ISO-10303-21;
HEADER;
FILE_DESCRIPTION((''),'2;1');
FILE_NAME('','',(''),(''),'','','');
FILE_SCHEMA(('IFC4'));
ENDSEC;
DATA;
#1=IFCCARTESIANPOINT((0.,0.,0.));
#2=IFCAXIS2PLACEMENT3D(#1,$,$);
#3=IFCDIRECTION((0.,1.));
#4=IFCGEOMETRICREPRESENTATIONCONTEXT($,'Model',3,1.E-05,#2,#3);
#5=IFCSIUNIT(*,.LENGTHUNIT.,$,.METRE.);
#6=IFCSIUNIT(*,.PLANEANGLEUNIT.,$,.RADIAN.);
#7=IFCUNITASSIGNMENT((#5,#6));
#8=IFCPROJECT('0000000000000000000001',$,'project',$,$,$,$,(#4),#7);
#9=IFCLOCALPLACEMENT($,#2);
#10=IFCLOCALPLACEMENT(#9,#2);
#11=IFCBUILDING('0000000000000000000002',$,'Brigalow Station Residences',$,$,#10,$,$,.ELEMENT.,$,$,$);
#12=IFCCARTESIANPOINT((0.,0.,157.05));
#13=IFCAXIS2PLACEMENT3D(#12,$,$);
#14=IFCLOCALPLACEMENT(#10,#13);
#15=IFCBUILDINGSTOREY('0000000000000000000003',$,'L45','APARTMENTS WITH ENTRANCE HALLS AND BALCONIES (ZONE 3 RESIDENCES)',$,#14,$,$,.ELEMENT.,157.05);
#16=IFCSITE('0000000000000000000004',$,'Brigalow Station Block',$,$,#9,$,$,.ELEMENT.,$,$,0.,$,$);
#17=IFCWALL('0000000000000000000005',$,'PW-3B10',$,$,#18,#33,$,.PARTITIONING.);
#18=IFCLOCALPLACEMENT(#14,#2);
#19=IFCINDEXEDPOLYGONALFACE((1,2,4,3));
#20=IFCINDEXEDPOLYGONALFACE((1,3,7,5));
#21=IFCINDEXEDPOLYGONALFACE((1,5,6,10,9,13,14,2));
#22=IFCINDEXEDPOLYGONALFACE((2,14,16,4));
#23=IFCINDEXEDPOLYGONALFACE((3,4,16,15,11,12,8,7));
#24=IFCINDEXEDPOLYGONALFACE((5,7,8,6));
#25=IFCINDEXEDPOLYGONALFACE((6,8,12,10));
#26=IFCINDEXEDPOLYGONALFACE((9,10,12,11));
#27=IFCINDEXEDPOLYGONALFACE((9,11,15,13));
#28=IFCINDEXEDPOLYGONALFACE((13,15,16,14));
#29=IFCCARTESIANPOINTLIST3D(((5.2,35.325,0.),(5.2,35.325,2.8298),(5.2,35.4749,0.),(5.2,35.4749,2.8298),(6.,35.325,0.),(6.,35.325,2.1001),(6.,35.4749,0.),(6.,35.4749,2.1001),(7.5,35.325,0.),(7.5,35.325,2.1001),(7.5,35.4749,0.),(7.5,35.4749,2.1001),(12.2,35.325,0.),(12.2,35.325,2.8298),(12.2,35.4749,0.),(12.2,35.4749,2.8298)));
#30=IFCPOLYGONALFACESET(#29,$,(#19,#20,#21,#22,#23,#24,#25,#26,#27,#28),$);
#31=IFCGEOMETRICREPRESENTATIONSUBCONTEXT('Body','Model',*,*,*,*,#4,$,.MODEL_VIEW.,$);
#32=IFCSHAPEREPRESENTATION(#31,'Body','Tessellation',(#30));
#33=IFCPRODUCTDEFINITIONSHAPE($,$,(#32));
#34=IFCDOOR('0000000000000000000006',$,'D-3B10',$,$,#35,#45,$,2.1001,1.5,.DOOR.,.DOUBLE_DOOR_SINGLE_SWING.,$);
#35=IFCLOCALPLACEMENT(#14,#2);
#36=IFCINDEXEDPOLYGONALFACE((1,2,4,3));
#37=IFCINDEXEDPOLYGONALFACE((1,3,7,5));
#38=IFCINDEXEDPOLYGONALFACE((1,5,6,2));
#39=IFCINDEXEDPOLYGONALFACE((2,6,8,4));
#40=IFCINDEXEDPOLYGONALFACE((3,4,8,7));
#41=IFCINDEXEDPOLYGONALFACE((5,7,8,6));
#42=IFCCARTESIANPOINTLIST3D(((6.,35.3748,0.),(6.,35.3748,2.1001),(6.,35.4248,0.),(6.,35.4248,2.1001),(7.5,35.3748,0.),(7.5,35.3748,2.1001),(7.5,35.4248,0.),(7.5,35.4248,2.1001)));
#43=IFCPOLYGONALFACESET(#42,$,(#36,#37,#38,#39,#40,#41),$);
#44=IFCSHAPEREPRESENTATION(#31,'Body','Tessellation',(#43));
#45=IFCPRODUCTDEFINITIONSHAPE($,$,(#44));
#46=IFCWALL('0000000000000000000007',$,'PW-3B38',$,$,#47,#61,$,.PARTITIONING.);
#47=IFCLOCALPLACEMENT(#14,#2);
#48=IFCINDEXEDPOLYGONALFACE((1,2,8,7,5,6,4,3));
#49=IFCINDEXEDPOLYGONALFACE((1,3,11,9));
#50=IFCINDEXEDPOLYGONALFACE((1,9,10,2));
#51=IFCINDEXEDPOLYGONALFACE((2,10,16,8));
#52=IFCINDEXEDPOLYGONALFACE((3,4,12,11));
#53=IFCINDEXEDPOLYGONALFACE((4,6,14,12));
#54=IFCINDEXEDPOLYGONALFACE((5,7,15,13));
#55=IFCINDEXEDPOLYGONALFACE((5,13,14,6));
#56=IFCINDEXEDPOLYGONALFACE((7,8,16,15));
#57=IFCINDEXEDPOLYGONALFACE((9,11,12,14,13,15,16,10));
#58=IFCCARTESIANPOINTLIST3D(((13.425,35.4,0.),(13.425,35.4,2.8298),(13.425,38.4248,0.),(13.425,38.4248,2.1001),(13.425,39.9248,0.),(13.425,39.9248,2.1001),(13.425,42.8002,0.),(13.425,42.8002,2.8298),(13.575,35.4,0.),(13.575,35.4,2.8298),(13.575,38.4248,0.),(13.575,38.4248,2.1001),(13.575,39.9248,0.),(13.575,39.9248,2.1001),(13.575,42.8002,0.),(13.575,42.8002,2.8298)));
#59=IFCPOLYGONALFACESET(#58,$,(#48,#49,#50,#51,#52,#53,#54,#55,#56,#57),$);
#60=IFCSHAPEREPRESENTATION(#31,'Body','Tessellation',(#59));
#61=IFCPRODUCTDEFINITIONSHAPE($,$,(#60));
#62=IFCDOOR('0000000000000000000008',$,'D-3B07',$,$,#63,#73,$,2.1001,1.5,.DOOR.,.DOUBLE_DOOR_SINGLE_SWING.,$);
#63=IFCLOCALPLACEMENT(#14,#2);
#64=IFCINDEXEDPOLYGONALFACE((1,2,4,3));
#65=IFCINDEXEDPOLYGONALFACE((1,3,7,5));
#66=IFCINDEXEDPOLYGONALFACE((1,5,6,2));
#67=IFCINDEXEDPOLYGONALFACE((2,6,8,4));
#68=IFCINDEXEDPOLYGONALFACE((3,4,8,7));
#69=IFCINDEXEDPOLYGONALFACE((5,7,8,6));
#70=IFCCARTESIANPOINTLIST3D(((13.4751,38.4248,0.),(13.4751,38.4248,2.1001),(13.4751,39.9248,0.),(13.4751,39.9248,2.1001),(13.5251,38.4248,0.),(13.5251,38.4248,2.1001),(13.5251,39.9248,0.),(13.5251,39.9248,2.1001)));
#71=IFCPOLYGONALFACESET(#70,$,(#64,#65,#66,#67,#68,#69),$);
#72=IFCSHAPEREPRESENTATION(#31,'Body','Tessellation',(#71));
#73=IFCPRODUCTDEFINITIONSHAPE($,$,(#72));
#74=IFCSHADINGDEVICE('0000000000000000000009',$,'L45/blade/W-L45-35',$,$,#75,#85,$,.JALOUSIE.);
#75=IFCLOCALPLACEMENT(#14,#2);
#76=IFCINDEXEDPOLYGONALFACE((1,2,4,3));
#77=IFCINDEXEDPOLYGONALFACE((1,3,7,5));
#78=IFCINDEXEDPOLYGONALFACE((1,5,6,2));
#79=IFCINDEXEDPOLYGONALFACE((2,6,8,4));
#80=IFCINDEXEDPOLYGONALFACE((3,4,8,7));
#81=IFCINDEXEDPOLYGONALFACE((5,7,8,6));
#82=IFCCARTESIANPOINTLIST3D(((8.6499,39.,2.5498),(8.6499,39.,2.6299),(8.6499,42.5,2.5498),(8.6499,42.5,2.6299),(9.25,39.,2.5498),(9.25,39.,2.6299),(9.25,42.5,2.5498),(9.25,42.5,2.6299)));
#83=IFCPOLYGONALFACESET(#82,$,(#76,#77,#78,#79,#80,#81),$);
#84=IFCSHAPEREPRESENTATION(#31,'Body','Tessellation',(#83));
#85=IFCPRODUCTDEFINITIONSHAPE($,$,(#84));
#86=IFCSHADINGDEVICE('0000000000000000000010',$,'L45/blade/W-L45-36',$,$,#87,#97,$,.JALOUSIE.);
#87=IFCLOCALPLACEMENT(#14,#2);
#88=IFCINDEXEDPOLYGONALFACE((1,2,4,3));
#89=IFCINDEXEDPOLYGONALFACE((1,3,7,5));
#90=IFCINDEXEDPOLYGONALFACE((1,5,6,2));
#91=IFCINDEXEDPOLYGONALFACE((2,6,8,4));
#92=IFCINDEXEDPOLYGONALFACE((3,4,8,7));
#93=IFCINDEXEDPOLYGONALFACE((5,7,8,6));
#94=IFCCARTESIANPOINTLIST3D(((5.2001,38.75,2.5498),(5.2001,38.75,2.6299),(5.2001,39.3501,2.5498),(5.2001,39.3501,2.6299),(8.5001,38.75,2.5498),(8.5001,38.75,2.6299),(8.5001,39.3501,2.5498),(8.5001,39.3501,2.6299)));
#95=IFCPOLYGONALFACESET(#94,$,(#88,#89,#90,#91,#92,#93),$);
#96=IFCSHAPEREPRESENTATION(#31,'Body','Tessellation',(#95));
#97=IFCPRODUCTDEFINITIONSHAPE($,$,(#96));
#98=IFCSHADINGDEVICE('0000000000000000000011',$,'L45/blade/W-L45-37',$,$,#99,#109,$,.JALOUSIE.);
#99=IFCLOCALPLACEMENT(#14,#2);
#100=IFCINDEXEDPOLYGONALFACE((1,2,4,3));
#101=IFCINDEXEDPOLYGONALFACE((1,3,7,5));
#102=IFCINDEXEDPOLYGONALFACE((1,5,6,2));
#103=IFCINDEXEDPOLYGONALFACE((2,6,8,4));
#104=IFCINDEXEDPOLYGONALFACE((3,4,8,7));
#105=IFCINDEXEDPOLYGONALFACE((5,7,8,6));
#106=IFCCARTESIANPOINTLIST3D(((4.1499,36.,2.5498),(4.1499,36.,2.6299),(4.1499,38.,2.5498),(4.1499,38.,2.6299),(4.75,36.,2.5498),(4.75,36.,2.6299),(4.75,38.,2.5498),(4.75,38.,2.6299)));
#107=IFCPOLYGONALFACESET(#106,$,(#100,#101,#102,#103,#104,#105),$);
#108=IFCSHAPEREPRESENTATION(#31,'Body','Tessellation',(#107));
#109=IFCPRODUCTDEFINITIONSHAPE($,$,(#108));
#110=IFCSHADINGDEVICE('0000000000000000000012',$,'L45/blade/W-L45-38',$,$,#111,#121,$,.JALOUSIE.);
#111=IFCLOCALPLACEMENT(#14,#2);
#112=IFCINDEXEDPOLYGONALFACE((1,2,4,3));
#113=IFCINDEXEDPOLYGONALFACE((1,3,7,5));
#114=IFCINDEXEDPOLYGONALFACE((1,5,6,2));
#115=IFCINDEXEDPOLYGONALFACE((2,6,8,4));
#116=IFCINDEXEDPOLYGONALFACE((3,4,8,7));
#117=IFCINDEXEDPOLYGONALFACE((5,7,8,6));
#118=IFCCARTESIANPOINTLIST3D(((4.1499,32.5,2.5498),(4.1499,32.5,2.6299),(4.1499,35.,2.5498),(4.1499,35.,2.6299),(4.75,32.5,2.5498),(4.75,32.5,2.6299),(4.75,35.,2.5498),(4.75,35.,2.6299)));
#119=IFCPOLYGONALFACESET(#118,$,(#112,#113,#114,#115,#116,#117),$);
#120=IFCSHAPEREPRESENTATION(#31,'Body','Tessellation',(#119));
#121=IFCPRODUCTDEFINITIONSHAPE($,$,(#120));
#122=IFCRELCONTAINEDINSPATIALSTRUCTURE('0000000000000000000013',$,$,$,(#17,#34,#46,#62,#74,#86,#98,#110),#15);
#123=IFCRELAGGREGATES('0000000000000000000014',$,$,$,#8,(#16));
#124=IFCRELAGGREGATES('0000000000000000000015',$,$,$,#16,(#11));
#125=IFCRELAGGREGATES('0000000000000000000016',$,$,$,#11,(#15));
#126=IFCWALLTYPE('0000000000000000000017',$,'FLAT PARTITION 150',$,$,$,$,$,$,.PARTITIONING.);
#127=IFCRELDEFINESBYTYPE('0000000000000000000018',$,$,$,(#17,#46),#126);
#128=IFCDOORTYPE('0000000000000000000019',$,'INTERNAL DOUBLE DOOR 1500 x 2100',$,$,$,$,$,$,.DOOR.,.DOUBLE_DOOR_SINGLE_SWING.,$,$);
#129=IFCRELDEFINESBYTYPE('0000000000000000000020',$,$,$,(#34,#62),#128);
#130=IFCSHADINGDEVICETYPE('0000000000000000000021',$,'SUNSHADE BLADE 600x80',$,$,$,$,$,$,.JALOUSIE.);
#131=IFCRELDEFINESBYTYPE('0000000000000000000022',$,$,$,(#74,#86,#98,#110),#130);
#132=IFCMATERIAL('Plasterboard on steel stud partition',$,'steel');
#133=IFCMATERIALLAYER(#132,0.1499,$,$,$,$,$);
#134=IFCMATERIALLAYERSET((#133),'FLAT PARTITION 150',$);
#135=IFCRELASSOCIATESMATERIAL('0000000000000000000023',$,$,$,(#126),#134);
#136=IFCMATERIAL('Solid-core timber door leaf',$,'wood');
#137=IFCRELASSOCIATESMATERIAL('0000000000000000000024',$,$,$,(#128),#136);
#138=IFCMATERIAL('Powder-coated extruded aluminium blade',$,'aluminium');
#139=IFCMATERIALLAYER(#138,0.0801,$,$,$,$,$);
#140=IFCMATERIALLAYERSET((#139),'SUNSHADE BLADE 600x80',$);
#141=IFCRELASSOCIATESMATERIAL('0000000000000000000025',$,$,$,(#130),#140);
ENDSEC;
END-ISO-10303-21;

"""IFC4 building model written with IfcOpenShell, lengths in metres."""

from ifc_helpers import new_model, si_unit, direction, frame, frame_2d, origin, origin_2d, place, context, subcontext, project, spatial, rectangle, extrude, material, layer, layer_set, type_object, element, fill, save


model = new_model("IFC4")

# Units and contexts
model_context = context("Model", 3, precision=1e-05, world=origin(), true_north=direction((0.0, 1.0)))
body_context = subcontext(model_context, "Body", "Model", "MODEL_VIEW")
ifc_project = project(units=[si_unit("LENGTHUNIT", "METRE"), si_unit("PLANEANGLEUNIT", "RADIAN")], contexts=[model_context])

# Site, building, storey
site_placement = place(None, origin())
site = spatial("IfcSite", under=ifc_project, at=site_placement, Name="Brigalow Station Block", CompositionType="ELEMENT", RefElevation=0.0)
building_placement = place(site_placement, origin())
building = spatial("IfcBuilding", under=site, at=building_placement, Name="Brigalow Station Residences", CompositionType="ELEMENT")
storey_placement = place(building_placement, frame((0.0, 0.0, 157.05)))
storey = spatial("IfcBuildingStorey", under=building, at=storey_placement, Name="L45", Description="APARTMENTS WITH ENTRANCE HALLS AND BALCONIES (ZONE 3 RESIDENCES)", CompositionType="ELEMENT", Elevation=157.05)

# Walls, openings, doors
ifc_material_1 = material(Name="Plasterboard on steel stud partition", Category="steel")
ifc_layer_1 = layer(ifc_material_1, 0.1499)
ifc_layer_set_1 = layer_set([ifc_layer_1], Name="FLAT PARTITION 150")
wall_type_1 = type_object("IfcWallType", Name="FLAT PARTITION 150", PredefinedType="PARTITIONING", material=ifc_layer_set_1)
wall_1_placement = place(storey_placement, frame((5.2, 35.3999, 0.0), z_axis=(0.0, 0.0, 1.0), x_axis=(1.0, 0.0, 0.0)))
wall_1 = element("IfcWall", 1, at=wall_1_placement, inside=storey, type_object=wall_type_1, Name="PW-3B10", PredefinedType="PARTITIONING", context=body_context, shape_type="SweptSolid", body=[
    extrude(rectangle(XDim=7.0, YDim=0.1499, at=frame_2d((3.5, 0.0))), origin(), (0.0, 0.0, 1.0), 2.8298),
])
opening_1_placement = place(wall_1_placement, frame((0.8, 0.0, 0.0)))
opening_1 = element("IfcOpeningElement", 2, at=opening_1_placement, cuts=wall_1, PredefinedType="OPENING", context=body_context, shape_type="SweptSolid", body=[
    extrude(rectangle(XDim=1.5, YDim=2.1001, at=frame_2d((0.75, 1.05))), frame((0.0, 0.085, 0.0), z_axis=(0.0, -1.0, 0.0), x_axis=(1.0, 0.0, 0.0)), (0.0, 0.0, 1.0), 0.1699),
])
ifc_material_2 = material(Name="Solid-core timber door leaf", Category="wood")
door_type_1 = type_object("IfcDoorType", Name="INTERNAL DOUBLE DOOR 1500 x 2100", OperationType="DOUBLE_DOOR_SINGLE_SWING", PredefinedType="DOOR", material=ifc_material_2)
door_1_placement = place(opening_1_placement, origin())
door_1 = element("IfcDoor", 3, at=door_1_placement, inside=storey, type_object=door_type_1, Name="D-3B10", OperationType="DOUBLE_DOOR_SINGLE_SWING", OverallHeight=2.1001, OverallWidth=1.5, PredefinedType="DOOR", context=body_context, shape_type="SweptSolid", body=[
    extrude(rectangle(XDim=1.5, YDim=2.1001, at=frame_2d((0.75, 1.05))), frame((0.0, 0.0249, 0.0), z_axis=(0.0, -1.0, 0.0), x_axis=(1.0, 0.0, 0.0)), (0.0, 0.0, 1.0), 0.05),
])
fill(opening_1, door_1)
wall_2_placement = place(storey_placement, frame((13.5, 35.3999, 0.0), z_axis=(0.0, 0.0, 1.0), x_axis=(0.0, 1.0, 0.0)))
wall_2 = element("IfcWall", 4, at=wall_2_placement, inside=storey, type_object=wall_type_1, Name="PW-3B38", PredefinedType="PARTITIONING", context=body_context, shape_type="SweptSolid", body=[
    extrude(rectangle(XDim=7.4001, YDim=0.1499, at=frame_2d((3.7002, 0.0))), origin(), (0.0, 0.0, 1.0), 2.8298),
])
opening_2_placement = place(wall_2_placement, frame((3.0249, 0.0, 0.0)))
opening_2 = element("IfcOpeningElement", 5, at=opening_2_placement, cuts=wall_2, PredefinedType="OPENING", context=body_context, shape_type="SweptSolid", body=[
    extrude(rectangle(XDim=1.5, YDim=2.1001, at=frame_2d((0.75, 1.05))), frame((0.0, 0.085, 0.0), z_axis=(0.0, -1.0, 0.0), x_axis=(1.0, 0.0, 0.0)), (0.0, 0.0, 1.0), 0.1699),
])
door_2_placement = place(opening_2_placement, origin())
door_2 = element("IfcDoor", 6, at=door_2_placement, inside=storey, type_object=door_type_1, Name="D-3B07", OperationType="DOUBLE_DOOR_SINGLE_SWING", OverallHeight=2.1001, OverallWidth=1.5, PredefinedType="DOOR", context=body_context, shape_type="SweptSolid", body=[
    extrude(rectangle(XDim=1.5, YDim=2.1001, at=frame_2d((0.75, 1.05))), frame((0.0, 0.0249, 0.0), z_axis=(0.0, -1.0, 0.0), x_axis=(1.0, 0.0, 0.0)), (0.0, 0.0, 1.0), 0.05),
])
fill(opening_2, door_2)

# Shading devices
ifc_material_3 = material(Name="Powder-coated extruded aluminium blade", Category="aluminium")
ifc_layer_2 = layer(ifc_material_3, 0.0801)
ifc_layer_set_2 = layer_set([ifc_layer_2], Name="SUNSHADE BLADE 600x80")
shading_device_type = type_object("IfcShadingDeviceType", Name="SUNSHADE BLADE 600x80", PredefinedType="JALOUSIE", material=ifc_layer_set_2)
shading_device_1_placement = place(storey_placement, frame((8.95, 40.75, 2.5498), z_axis=(0.0, 0.0, 1.0), x_axis=(0.0, -1.0, 0.0)))
element("IfcShadingDevice", 7, at=shading_device_1_placement, inside=storey, type_object=shading_device_type, Name="L45/blade/W-L45-35", PredefinedType="JALOUSIE", context=body_context, shape_type="SweptSolid", body=[
    extrude(rectangle(XDim=3.5, YDim=0.6001, at=origin_2d()), origin(), (0.0, 0.0, 1.0), 0.0801),
])
shading_device_2_placement = place(storey_placement, frame((6.8501, 39.05, 2.5498), z_axis=(0.0, 0.0, 1.0), x_axis=(-1.0, 0.0, 0.0)))
element("IfcShadingDevice", 8, at=shading_device_2_placement, inside=storey, type_object=shading_device_type, Name="L45/blade/W-L45-36", PredefinedType="JALOUSIE", context=body_context, shape_type="SweptSolid", body=[
    extrude(rectangle(XDim=3.3, YDim=0.6001, at=origin_2d()), origin(), (0.0, 0.0, 1.0), 0.0801),
])
shading_device_3_placement = place(storey_placement, frame((4.45, 37.0, 2.5498), z_axis=(0.0, 0.0, 1.0), x_axis=(0.0, -1.0, 0.0)))
element("IfcShadingDevice", 9, at=shading_device_3_placement, inside=storey, type_object=shading_device_type, Name="L45/blade/W-L45-37", PredefinedType="JALOUSIE", context=body_context, shape_type="SweptSolid", body=[
    extrude(rectangle(XDim=2.0, YDim=0.6001, at=origin_2d()), origin(), (0.0, 0.0, 1.0), 0.0801),
])
shading_device_4_placement = place(storey_placement, frame((4.45, 33.75, 2.5498), z_axis=(0.0, 0.0, 1.0), x_axis=(0.0, -1.0, 0.0)))
element("IfcShadingDevice", 10, at=shading_device_4_placement, inside=storey, type_object=shading_device_type, Name="L45/blade/W-L45-38", PredefinedType="JALOUSIE", context=body_context, shape_type="SweptSolid", body=[
    extrude(rectangle(XDim=2.5, YDim=0.6001, at=origin_2d()), origin(), (0.0, 0.0, 1.0), 0.0801),
])

save(model, "model.ifc")
